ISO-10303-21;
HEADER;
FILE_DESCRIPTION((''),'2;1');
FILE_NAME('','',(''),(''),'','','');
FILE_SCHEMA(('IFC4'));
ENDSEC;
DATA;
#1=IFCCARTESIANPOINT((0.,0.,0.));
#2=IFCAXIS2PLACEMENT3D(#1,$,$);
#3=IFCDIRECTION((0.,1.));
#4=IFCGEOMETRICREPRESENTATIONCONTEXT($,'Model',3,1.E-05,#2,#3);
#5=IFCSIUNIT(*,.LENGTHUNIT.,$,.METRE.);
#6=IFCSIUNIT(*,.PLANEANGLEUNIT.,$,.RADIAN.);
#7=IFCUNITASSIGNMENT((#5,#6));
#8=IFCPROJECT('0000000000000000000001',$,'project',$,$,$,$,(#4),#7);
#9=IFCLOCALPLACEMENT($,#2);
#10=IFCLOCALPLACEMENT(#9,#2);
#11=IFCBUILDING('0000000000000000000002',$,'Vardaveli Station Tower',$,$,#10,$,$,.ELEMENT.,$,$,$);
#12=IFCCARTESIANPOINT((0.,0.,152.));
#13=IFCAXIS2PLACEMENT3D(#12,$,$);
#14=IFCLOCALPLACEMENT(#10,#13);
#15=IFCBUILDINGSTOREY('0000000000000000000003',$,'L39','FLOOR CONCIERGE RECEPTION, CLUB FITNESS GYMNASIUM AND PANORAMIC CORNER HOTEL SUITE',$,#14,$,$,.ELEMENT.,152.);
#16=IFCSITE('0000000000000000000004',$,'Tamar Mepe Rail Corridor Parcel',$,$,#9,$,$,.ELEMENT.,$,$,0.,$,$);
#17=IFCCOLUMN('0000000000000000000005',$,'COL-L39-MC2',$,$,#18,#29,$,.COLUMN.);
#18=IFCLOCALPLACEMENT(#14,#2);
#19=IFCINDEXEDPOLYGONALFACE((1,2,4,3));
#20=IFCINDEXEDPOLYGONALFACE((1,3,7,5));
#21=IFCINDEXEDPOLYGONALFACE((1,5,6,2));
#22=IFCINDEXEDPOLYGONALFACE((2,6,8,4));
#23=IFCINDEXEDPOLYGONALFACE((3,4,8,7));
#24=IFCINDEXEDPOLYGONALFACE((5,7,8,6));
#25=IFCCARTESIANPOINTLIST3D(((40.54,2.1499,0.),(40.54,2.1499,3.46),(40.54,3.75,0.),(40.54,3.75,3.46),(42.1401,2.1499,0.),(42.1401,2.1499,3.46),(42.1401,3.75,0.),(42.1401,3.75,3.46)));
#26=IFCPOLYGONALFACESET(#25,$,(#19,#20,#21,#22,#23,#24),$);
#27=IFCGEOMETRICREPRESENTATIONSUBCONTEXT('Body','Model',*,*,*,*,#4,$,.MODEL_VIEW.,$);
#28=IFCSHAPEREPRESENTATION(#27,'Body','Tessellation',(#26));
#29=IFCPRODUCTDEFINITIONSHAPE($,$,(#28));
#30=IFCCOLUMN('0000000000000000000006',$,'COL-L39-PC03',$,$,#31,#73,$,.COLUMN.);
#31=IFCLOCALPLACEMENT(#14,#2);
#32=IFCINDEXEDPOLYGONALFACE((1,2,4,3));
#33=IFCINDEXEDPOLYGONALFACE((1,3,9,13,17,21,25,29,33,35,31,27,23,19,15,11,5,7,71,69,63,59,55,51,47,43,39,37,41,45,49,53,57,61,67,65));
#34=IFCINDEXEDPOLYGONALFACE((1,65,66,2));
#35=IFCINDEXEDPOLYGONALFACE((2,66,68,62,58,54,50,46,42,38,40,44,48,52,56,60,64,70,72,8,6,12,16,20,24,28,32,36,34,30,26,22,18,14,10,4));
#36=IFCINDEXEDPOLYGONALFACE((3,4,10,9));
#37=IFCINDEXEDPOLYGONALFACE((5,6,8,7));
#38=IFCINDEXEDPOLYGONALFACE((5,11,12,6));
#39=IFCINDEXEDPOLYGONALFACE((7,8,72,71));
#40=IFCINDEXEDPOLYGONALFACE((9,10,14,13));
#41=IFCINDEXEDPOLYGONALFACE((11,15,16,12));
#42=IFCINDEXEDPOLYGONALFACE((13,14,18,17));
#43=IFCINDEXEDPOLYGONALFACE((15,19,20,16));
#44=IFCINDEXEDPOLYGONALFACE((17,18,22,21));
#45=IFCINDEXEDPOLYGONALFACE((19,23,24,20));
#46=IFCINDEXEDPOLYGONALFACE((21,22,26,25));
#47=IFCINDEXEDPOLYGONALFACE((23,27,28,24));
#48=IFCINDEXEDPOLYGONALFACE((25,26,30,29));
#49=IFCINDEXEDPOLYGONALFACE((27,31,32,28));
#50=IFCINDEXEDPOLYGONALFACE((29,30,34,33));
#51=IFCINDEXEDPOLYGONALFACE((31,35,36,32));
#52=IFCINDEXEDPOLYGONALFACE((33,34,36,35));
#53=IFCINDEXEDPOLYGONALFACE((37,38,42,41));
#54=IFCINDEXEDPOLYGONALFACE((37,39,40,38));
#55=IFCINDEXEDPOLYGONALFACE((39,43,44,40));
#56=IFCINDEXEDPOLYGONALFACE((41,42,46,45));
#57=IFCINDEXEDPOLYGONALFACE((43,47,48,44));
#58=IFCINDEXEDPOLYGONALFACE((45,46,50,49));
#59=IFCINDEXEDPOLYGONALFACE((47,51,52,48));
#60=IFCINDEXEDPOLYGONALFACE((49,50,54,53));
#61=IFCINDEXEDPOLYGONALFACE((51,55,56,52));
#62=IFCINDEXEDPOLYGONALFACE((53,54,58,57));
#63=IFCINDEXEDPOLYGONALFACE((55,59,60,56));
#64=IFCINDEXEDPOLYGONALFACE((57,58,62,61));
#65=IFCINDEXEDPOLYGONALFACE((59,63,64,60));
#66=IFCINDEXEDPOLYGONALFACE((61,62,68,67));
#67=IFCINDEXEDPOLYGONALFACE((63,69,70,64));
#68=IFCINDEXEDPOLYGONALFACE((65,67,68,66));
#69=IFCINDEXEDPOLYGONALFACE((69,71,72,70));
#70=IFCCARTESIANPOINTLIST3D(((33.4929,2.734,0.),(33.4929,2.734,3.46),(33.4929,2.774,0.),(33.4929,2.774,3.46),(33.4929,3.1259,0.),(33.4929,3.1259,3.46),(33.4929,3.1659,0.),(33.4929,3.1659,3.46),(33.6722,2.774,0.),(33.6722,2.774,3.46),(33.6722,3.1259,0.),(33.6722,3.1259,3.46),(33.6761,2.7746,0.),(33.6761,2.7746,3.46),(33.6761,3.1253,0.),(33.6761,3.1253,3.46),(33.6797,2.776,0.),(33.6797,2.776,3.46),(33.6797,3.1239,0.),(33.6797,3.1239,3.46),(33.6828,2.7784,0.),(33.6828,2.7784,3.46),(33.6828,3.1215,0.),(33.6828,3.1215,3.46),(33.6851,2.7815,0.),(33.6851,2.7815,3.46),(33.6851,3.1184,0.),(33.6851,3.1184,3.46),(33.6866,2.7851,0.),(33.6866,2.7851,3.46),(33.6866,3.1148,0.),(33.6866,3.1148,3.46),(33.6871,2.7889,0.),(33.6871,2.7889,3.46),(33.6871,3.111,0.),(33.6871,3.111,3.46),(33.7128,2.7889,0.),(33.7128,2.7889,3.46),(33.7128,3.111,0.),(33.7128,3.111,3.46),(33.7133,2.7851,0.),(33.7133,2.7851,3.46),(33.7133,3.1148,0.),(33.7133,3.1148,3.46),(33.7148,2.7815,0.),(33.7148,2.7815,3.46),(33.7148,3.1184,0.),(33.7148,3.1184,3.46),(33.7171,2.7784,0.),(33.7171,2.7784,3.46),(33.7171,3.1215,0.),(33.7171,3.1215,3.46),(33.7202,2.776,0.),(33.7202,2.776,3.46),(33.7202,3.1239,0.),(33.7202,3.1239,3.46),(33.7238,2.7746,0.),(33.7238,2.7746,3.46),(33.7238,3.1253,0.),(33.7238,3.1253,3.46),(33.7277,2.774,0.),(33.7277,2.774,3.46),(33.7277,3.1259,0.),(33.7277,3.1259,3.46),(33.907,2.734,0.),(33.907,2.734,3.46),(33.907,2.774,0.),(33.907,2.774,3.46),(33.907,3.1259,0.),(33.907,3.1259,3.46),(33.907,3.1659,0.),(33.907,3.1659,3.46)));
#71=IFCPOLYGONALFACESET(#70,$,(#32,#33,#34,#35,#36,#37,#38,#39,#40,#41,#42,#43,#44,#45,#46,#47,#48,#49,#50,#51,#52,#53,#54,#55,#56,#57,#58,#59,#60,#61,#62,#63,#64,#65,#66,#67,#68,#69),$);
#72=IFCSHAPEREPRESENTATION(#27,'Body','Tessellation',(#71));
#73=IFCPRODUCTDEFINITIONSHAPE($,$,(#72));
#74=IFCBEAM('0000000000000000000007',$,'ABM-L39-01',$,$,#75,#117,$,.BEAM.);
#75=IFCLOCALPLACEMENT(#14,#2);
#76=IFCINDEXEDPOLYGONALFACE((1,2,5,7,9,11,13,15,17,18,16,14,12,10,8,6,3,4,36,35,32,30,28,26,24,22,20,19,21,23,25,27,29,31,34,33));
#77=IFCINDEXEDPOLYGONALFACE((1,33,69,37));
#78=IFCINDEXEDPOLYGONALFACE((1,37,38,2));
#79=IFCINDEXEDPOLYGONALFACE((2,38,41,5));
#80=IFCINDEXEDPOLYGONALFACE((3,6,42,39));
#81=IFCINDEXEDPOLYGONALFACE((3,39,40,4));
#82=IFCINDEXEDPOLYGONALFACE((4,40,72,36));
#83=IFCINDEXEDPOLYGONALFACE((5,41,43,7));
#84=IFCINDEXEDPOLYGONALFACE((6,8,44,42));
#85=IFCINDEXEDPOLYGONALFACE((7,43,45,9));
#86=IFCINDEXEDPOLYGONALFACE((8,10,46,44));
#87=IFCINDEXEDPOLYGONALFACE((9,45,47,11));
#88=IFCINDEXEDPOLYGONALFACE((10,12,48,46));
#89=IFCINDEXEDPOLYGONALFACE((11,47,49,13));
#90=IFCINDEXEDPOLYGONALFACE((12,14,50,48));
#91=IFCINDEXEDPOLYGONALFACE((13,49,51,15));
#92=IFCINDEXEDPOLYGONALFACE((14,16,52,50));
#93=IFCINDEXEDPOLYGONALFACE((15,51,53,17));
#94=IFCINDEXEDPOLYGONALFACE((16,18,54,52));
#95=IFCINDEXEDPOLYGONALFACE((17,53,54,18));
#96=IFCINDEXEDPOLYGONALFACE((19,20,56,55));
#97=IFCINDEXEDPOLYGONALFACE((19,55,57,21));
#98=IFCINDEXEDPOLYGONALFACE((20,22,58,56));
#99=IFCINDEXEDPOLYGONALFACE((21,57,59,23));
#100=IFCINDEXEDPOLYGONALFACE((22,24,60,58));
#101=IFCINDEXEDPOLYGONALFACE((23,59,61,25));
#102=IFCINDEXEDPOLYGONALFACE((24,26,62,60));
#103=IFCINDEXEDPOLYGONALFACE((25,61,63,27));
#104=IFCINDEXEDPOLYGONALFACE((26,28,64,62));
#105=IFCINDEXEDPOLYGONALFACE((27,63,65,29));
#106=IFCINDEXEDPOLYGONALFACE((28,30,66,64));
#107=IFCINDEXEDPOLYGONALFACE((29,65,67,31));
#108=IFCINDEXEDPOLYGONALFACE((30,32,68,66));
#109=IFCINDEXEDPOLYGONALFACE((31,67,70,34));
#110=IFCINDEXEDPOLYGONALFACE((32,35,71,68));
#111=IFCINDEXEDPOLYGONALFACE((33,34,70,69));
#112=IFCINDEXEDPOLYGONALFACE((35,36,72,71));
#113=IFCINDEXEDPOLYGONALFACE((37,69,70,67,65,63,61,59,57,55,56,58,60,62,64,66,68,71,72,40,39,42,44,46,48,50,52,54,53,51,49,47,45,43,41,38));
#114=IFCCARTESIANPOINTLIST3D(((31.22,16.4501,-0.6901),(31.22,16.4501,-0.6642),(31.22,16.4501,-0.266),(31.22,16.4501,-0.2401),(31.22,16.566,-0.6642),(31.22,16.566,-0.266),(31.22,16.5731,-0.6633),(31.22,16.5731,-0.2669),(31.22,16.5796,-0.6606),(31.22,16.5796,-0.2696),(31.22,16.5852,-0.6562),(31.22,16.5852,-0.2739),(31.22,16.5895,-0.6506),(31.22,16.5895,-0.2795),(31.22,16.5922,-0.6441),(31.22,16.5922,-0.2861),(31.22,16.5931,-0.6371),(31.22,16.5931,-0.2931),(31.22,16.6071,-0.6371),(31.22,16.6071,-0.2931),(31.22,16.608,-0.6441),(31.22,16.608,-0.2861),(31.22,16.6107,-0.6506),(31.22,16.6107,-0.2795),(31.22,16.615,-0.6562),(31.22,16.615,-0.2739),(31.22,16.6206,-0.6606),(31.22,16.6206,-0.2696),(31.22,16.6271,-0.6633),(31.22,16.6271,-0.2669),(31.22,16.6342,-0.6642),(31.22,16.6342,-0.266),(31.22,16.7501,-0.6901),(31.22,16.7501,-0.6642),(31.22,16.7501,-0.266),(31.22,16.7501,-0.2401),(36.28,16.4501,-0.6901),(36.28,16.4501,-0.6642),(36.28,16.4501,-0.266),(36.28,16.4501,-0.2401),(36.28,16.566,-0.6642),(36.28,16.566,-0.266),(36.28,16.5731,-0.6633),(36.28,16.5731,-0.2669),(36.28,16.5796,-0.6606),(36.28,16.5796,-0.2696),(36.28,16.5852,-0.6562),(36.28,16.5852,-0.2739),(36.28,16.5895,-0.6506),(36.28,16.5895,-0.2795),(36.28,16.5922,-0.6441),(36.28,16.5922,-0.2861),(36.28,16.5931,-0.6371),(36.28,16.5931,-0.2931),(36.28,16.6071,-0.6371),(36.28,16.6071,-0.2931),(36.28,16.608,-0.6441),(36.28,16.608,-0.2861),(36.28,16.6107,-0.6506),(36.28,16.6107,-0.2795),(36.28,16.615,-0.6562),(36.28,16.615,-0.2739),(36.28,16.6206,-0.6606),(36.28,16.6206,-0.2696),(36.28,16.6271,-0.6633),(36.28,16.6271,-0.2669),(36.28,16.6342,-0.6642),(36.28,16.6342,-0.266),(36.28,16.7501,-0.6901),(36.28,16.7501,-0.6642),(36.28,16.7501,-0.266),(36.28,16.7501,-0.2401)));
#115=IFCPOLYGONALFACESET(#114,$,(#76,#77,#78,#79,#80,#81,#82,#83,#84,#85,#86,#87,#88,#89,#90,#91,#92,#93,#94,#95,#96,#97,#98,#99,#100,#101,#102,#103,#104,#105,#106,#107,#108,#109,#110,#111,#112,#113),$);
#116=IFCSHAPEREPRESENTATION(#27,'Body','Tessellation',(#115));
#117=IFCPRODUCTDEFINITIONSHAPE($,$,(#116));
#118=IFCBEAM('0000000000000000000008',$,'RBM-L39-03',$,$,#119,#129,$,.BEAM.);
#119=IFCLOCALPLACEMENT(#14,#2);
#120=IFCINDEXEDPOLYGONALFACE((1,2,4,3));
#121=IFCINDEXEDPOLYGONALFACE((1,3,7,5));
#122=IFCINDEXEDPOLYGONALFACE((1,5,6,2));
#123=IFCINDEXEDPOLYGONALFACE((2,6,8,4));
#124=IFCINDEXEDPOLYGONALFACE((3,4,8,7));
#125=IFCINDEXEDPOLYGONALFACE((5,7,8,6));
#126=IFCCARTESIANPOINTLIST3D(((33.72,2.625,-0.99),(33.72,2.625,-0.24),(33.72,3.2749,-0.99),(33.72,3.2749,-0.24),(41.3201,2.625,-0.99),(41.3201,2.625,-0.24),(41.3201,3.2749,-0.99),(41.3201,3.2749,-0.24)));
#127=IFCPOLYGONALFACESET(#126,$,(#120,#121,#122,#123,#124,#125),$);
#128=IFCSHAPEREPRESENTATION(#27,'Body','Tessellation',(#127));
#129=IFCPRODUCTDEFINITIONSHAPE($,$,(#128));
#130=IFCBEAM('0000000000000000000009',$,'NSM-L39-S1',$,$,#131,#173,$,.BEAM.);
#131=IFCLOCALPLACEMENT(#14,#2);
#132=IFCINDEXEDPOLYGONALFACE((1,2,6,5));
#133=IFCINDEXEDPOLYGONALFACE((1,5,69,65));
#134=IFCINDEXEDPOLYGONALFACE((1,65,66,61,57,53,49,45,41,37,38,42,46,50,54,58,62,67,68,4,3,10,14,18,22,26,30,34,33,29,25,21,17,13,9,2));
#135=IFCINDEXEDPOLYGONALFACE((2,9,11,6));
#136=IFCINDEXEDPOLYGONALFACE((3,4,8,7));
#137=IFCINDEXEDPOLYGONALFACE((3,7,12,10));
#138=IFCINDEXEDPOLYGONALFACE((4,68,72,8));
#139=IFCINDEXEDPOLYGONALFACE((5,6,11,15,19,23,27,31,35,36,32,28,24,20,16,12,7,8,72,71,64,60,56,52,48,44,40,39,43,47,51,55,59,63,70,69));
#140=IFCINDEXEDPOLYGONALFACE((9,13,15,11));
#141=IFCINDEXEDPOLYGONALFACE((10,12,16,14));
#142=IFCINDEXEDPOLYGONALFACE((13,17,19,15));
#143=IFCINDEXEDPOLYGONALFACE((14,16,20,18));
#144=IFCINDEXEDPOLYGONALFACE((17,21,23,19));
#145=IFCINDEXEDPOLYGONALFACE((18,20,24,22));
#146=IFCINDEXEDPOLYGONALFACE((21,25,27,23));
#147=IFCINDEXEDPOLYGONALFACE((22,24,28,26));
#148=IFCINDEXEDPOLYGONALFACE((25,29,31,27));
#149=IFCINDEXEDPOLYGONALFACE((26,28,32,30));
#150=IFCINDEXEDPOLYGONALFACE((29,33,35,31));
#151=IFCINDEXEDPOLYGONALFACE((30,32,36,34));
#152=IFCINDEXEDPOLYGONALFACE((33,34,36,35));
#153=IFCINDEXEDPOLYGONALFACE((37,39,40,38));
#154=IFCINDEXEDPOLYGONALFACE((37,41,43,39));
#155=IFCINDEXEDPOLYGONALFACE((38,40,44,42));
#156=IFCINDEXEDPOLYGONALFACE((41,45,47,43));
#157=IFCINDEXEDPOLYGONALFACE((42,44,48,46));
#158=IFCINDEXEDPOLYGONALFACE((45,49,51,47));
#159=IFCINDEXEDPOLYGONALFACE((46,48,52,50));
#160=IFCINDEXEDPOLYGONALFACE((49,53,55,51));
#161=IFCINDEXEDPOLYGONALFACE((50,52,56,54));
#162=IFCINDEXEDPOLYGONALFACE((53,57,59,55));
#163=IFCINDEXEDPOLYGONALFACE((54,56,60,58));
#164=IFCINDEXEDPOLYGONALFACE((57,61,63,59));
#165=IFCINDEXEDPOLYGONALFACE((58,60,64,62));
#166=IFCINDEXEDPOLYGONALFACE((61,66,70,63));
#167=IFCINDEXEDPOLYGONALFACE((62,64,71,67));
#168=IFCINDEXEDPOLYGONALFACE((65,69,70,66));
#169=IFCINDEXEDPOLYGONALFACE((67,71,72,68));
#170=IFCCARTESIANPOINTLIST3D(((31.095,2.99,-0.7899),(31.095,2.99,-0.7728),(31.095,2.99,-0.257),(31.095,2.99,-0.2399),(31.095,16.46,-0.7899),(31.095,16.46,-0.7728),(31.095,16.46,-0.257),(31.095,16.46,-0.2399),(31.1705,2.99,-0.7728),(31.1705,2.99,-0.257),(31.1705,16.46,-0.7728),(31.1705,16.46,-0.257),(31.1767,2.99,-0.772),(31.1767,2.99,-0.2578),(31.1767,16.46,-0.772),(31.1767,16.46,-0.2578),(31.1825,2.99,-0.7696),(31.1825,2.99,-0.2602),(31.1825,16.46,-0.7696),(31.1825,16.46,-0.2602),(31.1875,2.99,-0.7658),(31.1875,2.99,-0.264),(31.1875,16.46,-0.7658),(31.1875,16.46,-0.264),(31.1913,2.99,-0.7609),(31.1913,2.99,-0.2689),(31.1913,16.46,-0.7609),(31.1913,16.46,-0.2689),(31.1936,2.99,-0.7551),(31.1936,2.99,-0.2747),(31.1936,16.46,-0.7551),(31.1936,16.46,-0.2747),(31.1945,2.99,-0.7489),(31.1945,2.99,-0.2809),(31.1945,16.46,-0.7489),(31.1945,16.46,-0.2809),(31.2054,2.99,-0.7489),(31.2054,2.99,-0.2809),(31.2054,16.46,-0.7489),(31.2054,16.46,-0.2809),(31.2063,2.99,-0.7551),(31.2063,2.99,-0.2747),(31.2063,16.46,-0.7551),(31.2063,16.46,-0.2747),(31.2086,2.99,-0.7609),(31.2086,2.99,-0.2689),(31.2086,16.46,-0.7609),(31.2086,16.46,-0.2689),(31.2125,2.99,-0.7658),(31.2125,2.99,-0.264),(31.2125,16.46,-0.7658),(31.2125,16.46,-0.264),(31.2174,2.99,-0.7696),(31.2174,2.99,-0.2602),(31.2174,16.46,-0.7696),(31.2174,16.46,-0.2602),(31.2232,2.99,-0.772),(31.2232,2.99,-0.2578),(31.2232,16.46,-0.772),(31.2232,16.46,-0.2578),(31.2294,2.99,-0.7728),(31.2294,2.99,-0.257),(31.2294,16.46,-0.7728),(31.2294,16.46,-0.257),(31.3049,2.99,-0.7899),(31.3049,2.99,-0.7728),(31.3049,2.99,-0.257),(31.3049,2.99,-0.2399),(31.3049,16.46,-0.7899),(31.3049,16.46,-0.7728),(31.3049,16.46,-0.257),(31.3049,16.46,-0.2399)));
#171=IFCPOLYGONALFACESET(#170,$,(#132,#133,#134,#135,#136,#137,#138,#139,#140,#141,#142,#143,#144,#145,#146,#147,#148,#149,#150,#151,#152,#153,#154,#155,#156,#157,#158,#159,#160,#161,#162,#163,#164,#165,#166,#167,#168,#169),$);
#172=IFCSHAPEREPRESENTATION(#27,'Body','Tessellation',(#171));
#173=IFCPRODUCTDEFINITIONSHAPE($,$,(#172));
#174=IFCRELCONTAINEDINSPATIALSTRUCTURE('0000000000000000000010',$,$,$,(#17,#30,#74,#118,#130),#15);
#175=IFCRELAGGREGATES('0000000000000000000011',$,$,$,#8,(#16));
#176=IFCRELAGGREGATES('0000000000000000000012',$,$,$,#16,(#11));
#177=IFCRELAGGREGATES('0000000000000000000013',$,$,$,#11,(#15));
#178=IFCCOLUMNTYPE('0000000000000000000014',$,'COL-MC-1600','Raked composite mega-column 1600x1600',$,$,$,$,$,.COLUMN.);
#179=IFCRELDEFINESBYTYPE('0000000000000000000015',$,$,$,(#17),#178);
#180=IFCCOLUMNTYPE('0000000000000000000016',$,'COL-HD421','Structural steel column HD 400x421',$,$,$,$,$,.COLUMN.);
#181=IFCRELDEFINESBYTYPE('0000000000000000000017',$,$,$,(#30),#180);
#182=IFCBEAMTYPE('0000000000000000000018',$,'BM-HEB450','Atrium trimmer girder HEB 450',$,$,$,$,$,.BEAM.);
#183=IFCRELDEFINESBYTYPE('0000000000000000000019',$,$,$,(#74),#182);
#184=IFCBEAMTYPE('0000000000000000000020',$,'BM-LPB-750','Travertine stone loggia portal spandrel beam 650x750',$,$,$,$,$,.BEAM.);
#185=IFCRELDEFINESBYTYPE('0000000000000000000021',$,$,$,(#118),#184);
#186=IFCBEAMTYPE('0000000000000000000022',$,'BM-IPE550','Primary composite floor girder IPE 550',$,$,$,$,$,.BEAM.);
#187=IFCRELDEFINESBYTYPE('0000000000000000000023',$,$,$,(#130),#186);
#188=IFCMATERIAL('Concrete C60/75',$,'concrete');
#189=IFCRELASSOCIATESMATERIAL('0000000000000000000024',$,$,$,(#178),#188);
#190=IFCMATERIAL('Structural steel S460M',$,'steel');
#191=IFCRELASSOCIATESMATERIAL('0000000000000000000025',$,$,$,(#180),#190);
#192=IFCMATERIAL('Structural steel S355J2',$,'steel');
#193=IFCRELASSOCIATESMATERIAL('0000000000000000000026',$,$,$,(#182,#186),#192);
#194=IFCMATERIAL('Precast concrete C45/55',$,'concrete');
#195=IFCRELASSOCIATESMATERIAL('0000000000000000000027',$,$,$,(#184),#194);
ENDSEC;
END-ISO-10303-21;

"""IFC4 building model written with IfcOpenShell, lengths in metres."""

from ifc_helpers import new_model, si_unit, direction, frame, origin, origin_2d, place, context, subcontext, project, spatial, rectangle, i_section, extrude, source, transform, mapped, material, material_profile, profile_set, type_object, element, save


model = new_model("IFC4")

# Units and contexts
model_context = context("Model", 3, precision=1e-05, world=origin(), true_north=direction((0.0, 1.0)))
body_context = subcontext(model_context, "Body", "Model", "MODEL_VIEW")
ifc_project = project(units=[si_unit("LENGTHUNIT", "METRE"), si_unit("PLANEANGLEUNIT", "RADIAN")], contexts=[model_context])

# Site, building, storey
site_placement = place(None, origin())
site = spatial("IfcSite", under=ifc_project, at=site_placement, Name="Tamar Mepe Rail Corridor Parcel", CompositionType="ELEMENT", RefElevation=0.0)
building_placement = place(site_placement, origin())
building = spatial("IfcBuilding", under=site, at=building_placement, Name="Vardaveli Station Tower", CompositionType="ELEMENT")
storey_placement = place(building_placement, frame((0.0, 0.0, 152.0)))
storey = spatial("IfcBuildingStorey", under=building, at=storey_placement, Name="L39", Description="FLOOR CONCIERGE RECEPTION, CLUB FITNESS GYMNASIUM AND PANORAMIC CORNER HOTEL SUITE", CompositionType="ELEMENT", Elevation=152.0)

# Columns
ifc_material_1 = material(Name="Concrete C60/75", Category="concrete")
ifc_material_profile_1 = material_profile(ifc_material_1, rectangle(XDim=1.6001, YDim=1.6001, at=origin_2d()), Name="MC 1600x1600")
ifc_profile_set_1 = profile_set([ifc_material_profile_1], Name="Concrete C60/75")
column_type_1 = type_object("IfcColumnType", Name="COL-MC-1600", Description="Raked composite mega-column 1600x1600", PredefinedType="COLUMN", material=ifc_profile_set_1)
shared_shape_1 = source(origin(), body_context, "Body", "SweptSolid", [
    extrude(rectangle(XDim=1.6001, YDim=1.6001, at=origin_2d()), origin(), (0.0, 0.0, 1.0), 3.46),
])
column_1_placement = place(storey_placement, frame((41.3401, 2.95, 0.0), z_axis=(0.0, 0.0, 1.0), x_axis=(1.0, 0.0, 0.0)))
element("IfcColumn", 1, at=column_1_placement, inside=storey, type_object=column_type_1, Name="COL-L39-MC2", PredefinedType="COLUMN", context=body_context, shape_type="MappedRepresentation", body=[
    mapped(shared_shape_1, transform((0.0, 0.0, 0.0), scale=1.0)),
])
ifc_material_2 = material(Name="Structural steel S460M", Category="steel")
ifc_material_profile_2 = material_profile(ifc_material_2, i_section(OverallWidth=0.4141, OverallDepth=0.4319, WebThickness=0.0256, FlangeThickness=0.04, FilletRadius=0.0149, at=origin_2d()), Name="HD 400x421")
ifc_profile_set_2 = profile_set([ifc_material_profile_2], Name="Structural steel S460M")
column_type_2 = type_object("IfcColumnType", Name="COL-HD421", Description="Structural steel column HD 400x421", PredefinedType="COLUMN", material=ifc_profile_set_2)
shared_shape_2 = source(origin(), body_context, "Body", "SweptSolid", [
    extrude(i_section(OverallWidth=0.4141, OverallDepth=0.4319, WebThickness=0.0256, FlangeThickness=0.04, FilletRadius=0.0149, at=origin_2d()), origin(), (0.0, 0.0, 1.0), 3.46),
])
column_2_placement = place(storey_placement, frame((33.7, 2.95, 0.0), z_axis=(0.0, 0.0, 1.0), x_axis=(1.0, 0.0, 0.0)))
element("IfcColumn", 2, at=column_2_placement, inside=storey, type_object=column_type_2, Name="COL-L39-PC03", PredefinedType="COLUMN", context=body_context, shape_type="MappedRepresentation", body=[
    mapped(shared_shape_2, transform((0.0, 0.0, 0.0), scale=1.0)),
])

# Beams
ifc_material_3 = material(Name="Structural steel S355J2", Category="steel")
ifc_material_profile_3 = material_profile(ifc_material_3, i_section(OverallWidth=0.3, OverallDepth=0.45, WebThickness=0.0139, FlangeThickness=0.0259, FilletRadius=0.0271, at=origin_2d()), Name="HEB 450")
ifc_profile_set_3 = profile_set([ifc_material_profile_3], Name="Structural steel S355J2")
beam_type_1 = type_object("IfcBeamType", Name="BM-HEB450", Description="Atrium trimmer girder HEB 450", PredefinedType="BEAM", material=ifc_profile_set_3)
shared_shape_3 = source(origin(), body_context, "Body", "SweptSolid", [
    extrude(i_section(OverallWidth=0.3, OverallDepth=0.45, WebThickness=0.0139, FlangeThickness=0.0259, FilletRadius=0.0271, at=origin_2d()), origin(), (0.0, 0.0, 1.0), 5.0601),
])
beam_1_placement = place(storey_placement, frame((31.22, 16.6001, -0.4651), z_axis=(1.0, 0.0, 0.0), x_axis=(0.0, 1.0, 0.0)))
element("IfcBeam", 3, at=beam_1_placement, inside=storey, type_object=beam_type_1, Name="ABM-L39-01", PredefinedType="BEAM", context=body_context, shape_type="MappedRepresentation", body=[
    mapped(shared_shape_3, transform((0.0, 0.0, 0.0), scale=1.0)),
])
ifc_material_4 = material(Name="Precast concrete C45/55", Category="concrete")
ifc_material_profile_4 = material_profile(ifc_material_4, rectangle(XDim=0.6499, YDim=0.75, at=origin_2d()), Name="LPB 650x750")
ifc_profile_set_4 = profile_set([ifc_material_profile_4], Name="Precast concrete C45/55")
beam_type_2 = type_object("IfcBeamType", Name="BM-LPB-750", Description="Travertine stone loggia portal spandrel beam 650x750", PredefinedType="BEAM", material=ifc_profile_set_4)
shared_shape_4 = source(origin(), body_context, "Body", "SweptSolid", [
    extrude(rectangle(XDim=0.6499, YDim=0.75, at=origin_2d()), origin(), (0.0, 0.0, 1.0), 7.6001),
])
beam_2_placement = place(storey_placement, frame((33.72, 2.95, -0.615), z_axis=(1.0, 0.0, 0.0), x_axis=(0.0, 1.0, 0.0)))
element("IfcBeam", 4, at=beam_2_placement, inside=storey, type_object=beam_type_2, Name="RBM-L39-03", PredefinedType="BEAM", context=body_context, shape_type="MappedRepresentation", body=[
    mapped(shared_shape_4, transform((0.0, 0.0, 0.0), scale=1.0)),
])
ifc_material_profile_5 = material_profile(ifc_material_3, i_section(OverallWidth=0.21, OverallDepth=0.55, WebThickness=0.011, FlangeThickness=0.0171, FilletRadius=0.0239, at=origin_2d()), Name="IPE 550")
ifc_profile_set_5 = profile_set([ifc_material_profile_5], Name="Structural steel S355J2")
beam_type_3 = type_object("IfcBeamType", Name="BM-IPE550", Description="Primary composite floor girder IPE 550", PredefinedType="BEAM", material=ifc_profile_set_5)
shared_shape_5 = source(origin(), body_context, "Body", "SweptSolid", [
    extrude(i_section(OverallWidth=0.21, OverallDepth=0.55, WebThickness=0.011, FlangeThickness=0.0171, FilletRadius=0.0239, at=origin_2d()), origin(), (0.0, 0.0, 1.0), 13.47),
])
beam_3_placement = place(storey_placement, frame((31.2, 2.99, -0.5149), z_axis=(0.0, 1.0, 0.0), x_axis=(-1.0, 0.0, 0.0)))
element("IfcBeam", 5, at=beam_3_placement, inside=storey, type_object=beam_type_3, Name="NSM-L39-S1", PredefinedType="BEAM", context=body_context, shape_type="MappedRepresentation", body=[
    mapped(shared_shape_5, transform((0.0, 0.0, 0.0), scale=1.0)),
])

save(model, "model.ifc")
